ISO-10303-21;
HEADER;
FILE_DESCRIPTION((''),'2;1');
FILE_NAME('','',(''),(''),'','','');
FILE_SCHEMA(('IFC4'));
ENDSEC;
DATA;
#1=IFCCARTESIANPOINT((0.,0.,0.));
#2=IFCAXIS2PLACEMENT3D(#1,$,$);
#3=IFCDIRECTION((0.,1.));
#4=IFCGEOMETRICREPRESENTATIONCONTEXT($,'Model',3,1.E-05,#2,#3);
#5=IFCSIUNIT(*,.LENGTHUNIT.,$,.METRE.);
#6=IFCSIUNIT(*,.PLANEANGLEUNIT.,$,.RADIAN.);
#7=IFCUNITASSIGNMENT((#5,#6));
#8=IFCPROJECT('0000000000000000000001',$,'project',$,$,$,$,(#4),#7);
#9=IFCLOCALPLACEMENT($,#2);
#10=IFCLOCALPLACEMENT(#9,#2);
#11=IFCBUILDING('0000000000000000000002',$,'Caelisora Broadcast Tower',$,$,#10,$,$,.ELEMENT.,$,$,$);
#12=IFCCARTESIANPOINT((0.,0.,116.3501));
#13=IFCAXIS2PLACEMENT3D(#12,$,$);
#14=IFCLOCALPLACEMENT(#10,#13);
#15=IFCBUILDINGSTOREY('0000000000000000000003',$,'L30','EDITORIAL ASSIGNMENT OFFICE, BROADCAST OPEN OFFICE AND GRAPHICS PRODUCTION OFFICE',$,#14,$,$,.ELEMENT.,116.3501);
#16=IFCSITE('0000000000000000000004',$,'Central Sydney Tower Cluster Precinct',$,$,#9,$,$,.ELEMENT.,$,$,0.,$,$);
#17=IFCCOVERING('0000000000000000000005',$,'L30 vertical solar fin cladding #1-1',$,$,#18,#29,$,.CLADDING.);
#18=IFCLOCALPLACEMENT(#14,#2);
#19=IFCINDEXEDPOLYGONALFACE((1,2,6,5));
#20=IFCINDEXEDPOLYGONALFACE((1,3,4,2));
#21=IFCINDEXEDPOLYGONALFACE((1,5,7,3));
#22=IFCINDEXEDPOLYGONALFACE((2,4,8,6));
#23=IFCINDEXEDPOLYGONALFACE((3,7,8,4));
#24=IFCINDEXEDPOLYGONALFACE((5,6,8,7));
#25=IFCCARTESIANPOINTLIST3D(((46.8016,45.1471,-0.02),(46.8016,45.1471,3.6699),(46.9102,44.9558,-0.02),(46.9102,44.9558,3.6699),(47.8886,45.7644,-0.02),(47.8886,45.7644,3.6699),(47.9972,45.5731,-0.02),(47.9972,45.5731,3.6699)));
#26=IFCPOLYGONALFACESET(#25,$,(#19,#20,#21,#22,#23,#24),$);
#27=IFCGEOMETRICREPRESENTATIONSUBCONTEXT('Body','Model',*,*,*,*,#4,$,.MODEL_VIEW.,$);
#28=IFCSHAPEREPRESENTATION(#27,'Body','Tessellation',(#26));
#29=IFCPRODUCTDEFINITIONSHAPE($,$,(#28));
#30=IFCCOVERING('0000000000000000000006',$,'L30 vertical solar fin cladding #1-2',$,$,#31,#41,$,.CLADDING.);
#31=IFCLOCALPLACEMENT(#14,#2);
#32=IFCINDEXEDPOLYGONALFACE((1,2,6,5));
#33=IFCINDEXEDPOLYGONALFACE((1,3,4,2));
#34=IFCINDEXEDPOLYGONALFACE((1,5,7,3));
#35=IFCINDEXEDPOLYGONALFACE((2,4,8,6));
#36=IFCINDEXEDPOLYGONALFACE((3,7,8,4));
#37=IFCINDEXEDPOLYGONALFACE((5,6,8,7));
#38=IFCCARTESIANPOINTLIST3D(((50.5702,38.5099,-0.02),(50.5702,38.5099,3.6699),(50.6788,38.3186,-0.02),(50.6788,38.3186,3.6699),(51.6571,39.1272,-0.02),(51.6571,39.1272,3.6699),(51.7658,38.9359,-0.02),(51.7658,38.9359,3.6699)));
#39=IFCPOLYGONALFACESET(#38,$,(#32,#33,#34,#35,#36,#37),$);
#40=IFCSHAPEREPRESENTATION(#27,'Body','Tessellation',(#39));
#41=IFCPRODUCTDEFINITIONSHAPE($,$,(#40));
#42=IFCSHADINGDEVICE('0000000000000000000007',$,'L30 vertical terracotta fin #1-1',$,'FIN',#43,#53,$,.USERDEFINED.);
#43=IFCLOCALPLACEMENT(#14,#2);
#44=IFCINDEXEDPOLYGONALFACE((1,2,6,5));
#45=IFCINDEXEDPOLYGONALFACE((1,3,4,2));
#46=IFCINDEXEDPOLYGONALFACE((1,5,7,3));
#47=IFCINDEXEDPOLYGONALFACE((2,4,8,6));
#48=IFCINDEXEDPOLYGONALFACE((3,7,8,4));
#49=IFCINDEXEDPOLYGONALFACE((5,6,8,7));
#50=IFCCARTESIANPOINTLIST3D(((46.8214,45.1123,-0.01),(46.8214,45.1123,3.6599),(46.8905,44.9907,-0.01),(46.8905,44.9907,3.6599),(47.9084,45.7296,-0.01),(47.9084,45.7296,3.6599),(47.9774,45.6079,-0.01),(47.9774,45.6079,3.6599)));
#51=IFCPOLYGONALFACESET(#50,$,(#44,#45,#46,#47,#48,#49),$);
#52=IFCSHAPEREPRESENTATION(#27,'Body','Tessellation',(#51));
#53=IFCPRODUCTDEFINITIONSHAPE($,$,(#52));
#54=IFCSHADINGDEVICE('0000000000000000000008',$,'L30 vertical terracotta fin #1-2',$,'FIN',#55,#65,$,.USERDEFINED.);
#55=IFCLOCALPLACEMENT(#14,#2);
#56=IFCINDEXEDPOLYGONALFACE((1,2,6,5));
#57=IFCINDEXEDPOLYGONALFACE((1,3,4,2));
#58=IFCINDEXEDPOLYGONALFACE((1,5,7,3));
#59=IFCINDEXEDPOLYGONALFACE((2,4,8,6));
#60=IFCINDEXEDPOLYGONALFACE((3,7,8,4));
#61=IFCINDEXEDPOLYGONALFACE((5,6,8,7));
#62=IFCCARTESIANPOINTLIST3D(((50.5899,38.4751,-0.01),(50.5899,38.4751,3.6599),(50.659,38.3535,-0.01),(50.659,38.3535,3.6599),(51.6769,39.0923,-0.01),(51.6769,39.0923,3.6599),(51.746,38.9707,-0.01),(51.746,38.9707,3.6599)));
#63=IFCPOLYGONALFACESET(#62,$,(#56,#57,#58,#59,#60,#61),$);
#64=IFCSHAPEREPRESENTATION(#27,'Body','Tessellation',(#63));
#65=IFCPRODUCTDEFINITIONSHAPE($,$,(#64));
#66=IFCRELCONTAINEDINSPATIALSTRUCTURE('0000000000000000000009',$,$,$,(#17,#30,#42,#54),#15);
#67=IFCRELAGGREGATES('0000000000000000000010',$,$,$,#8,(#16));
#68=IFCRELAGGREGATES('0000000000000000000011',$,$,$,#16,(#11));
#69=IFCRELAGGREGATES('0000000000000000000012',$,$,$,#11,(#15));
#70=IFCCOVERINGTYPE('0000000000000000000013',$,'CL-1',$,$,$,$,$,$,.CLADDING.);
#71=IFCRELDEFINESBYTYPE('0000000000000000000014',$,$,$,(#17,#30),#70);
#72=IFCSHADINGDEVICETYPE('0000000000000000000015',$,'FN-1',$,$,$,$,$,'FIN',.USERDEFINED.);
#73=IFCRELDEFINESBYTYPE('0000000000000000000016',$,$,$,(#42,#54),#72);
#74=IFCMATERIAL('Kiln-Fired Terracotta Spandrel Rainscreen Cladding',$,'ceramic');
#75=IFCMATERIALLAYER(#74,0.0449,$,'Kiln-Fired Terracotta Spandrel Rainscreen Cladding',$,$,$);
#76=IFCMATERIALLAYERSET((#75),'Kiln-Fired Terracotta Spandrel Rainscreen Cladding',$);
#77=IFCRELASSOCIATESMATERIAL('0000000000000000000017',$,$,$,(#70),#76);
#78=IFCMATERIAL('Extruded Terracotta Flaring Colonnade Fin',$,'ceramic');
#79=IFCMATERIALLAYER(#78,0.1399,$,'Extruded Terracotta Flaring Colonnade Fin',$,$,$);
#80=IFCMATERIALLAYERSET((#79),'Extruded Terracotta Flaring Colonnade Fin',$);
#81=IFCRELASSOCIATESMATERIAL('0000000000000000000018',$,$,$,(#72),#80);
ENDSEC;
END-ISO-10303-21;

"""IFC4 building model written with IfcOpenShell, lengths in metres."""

from ifc_helpers import new_model, si_unit, direction, frame, origin, origin_2d, place, context, subcontext, project, spatial, rectangle, extrude, source, transform, mapped, material, layer, layer_set, type_object, type_shapes, element, save


model = new_model("IFC4")

# Units and contexts
model_context = context("Model", 3, precision=1e-05, world=origin(), true_north=direction((0.0, 1.0)))
body_context = subcontext(model_context, "Body", "Model", "MODEL_VIEW")
ifc_project = project(units=[si_unit("LENGTHUNIT", "METRE"), si_unit("PLANEANGLEUNIT", "RADIAN")], contexts=[model_context])

# Site, building, storey
site_placement = place(None, origin())
site = spatial("IfcSite", under=ifc_project, at=site_placement, Name="Central Sydney Tower Cluster Precinct", CompositionType="ELEMENT", RefElevation=0.0)
building_placement = place(site_placement, origin())
building = spatial("IfcBuilding", under=site, at=building_placement, Name="Caelisora Broadcast Tower", CompositionType="ELEMENT")
storey_placement = place(building_placement, frame((0.0, 0.0, 116.3501)))
storey = spatial("IfcBuildingStorey", under=building, at=storey_placement, Name="L30", Description="EDITORIAL ASSIGNMENT OFFICE, BROADCAST OPEN OFFICE AND GRAPHICS PRODUCTION OFFICE", CompositionType="ELEMENT", Elevation=116.3501)

# Coverings
ifc_material_1 = material(Name="Kiln-Fired Terracotta Spandrel Rainscreen Cladding", Category="ceramic")
ifc_layer_1 = layer(ifc_material_1, 0.0449, Name="Kiln-Fired Terracotta Spandrel Rainscreen Cladding")
ifc_layer_set_1 = layer_set([ifc_layer_1], Name="Kiln-Fired Terracotta Spandrel Rainscreen Cladding")
covering_type = type_object("IfcCoveringType", Name="CL-1", PredefinedType="CLADDING", material=ifc_layer_set_1)
shared_shape_1 = source(origin(), body_context, "Body", "SweptSolid", [
    extrude(rectangle(XDim=0.22, YDim=1.25, at=origin_2d()), origin(), (0.0, 0.0, 1.0), 3.6899),
])
type_shapes(covering_type, [shared_shape_1])
for number, where, z_axis, x_axis, name in (
    (1, (47.3994, 45.3601, -0.02), (0.0, 0.0, 1.0), (0.49379, -0.869581, 0.0), "L30 vertical solar fin cladding #1-1"),
    (2, (51.168, 38.7229, -0.02), (0.0, 0.0, 1.0), (0.49379, -0.869581, 0.0), "L30 vertical solar fin cladding #1-2"),
):
    element("IfcCovering", number, at=place(storey_placement, frame(where, z_axis=z_axis, x_axis=x_axis)), inside=storey, type_object=covering_type, Name=name, PredefinedType="CLADDING", context=body_context, shape_type="MappedRepresentation", body=[
        mapped(shared_shape_1, transform((0.0, 0.0, 0.0), scale=1.0)),
    ])

# Shading devices
ifc_material_2 = material(Name="Extruded Terracotta Flaring Colonnade Fin", Category="ceramic")
ifc_layer_2 = layer(ifc_material_2, 0.1399, Name="Extruded Terracotta Flaring Colonnade Fin")
ifc_layer_set_2 = layer_set([ifc_layer_2], Name="Extruded Terracotta Flaring Colonnade Fin")
shading_device_type = type_object("IfcShadingDeviceType", Name="FN-1", ElementType="FIN", PredefinedType="USERDEFINED", material=ifc_layer_set_2)
shared_shape_2 = source(origin(), body_context, "Body", "SweptSolid", [
    extrude(rectangle(XDim=0.1399, YDim=1.25, at=origin_2d()), origin(), (0.0, 0.0, 1.0), 3.6699),
])
type_shapes(shading_device_type, [shared_shape_2])
for number, where, z_axis, x_axis, name in (
    (3, (47.3994, 45.3601, -0.01), (0.0, 0.0, 1.0), (0.49379, -0.869581, 0.0), "L30 vertical terracotta fin #1-1"),
    (4, (51.168, 38.7229, -0.01), (0.0, 0.0, 1.0), (0.49379, -0.869581, 0.0), "L30 vertical terracotta fin #1-2"),
):
    element("IfcShadingDevice", number, at=place(storey_placement, frame(where, z_axis=z_axis, x_axis=x_axis)), inside=storey, type_object=shading_device_type, Name=name, ObjectType="FIN", PredefinedType="USERDEFINED", context=body_context, shape_type="MappedRepresentation", body=[
        mapped(shared_shape_2, transform((0.0, 0.0, 0.0), scale=1.0)),
    ])

save(model, "model.ifc")
